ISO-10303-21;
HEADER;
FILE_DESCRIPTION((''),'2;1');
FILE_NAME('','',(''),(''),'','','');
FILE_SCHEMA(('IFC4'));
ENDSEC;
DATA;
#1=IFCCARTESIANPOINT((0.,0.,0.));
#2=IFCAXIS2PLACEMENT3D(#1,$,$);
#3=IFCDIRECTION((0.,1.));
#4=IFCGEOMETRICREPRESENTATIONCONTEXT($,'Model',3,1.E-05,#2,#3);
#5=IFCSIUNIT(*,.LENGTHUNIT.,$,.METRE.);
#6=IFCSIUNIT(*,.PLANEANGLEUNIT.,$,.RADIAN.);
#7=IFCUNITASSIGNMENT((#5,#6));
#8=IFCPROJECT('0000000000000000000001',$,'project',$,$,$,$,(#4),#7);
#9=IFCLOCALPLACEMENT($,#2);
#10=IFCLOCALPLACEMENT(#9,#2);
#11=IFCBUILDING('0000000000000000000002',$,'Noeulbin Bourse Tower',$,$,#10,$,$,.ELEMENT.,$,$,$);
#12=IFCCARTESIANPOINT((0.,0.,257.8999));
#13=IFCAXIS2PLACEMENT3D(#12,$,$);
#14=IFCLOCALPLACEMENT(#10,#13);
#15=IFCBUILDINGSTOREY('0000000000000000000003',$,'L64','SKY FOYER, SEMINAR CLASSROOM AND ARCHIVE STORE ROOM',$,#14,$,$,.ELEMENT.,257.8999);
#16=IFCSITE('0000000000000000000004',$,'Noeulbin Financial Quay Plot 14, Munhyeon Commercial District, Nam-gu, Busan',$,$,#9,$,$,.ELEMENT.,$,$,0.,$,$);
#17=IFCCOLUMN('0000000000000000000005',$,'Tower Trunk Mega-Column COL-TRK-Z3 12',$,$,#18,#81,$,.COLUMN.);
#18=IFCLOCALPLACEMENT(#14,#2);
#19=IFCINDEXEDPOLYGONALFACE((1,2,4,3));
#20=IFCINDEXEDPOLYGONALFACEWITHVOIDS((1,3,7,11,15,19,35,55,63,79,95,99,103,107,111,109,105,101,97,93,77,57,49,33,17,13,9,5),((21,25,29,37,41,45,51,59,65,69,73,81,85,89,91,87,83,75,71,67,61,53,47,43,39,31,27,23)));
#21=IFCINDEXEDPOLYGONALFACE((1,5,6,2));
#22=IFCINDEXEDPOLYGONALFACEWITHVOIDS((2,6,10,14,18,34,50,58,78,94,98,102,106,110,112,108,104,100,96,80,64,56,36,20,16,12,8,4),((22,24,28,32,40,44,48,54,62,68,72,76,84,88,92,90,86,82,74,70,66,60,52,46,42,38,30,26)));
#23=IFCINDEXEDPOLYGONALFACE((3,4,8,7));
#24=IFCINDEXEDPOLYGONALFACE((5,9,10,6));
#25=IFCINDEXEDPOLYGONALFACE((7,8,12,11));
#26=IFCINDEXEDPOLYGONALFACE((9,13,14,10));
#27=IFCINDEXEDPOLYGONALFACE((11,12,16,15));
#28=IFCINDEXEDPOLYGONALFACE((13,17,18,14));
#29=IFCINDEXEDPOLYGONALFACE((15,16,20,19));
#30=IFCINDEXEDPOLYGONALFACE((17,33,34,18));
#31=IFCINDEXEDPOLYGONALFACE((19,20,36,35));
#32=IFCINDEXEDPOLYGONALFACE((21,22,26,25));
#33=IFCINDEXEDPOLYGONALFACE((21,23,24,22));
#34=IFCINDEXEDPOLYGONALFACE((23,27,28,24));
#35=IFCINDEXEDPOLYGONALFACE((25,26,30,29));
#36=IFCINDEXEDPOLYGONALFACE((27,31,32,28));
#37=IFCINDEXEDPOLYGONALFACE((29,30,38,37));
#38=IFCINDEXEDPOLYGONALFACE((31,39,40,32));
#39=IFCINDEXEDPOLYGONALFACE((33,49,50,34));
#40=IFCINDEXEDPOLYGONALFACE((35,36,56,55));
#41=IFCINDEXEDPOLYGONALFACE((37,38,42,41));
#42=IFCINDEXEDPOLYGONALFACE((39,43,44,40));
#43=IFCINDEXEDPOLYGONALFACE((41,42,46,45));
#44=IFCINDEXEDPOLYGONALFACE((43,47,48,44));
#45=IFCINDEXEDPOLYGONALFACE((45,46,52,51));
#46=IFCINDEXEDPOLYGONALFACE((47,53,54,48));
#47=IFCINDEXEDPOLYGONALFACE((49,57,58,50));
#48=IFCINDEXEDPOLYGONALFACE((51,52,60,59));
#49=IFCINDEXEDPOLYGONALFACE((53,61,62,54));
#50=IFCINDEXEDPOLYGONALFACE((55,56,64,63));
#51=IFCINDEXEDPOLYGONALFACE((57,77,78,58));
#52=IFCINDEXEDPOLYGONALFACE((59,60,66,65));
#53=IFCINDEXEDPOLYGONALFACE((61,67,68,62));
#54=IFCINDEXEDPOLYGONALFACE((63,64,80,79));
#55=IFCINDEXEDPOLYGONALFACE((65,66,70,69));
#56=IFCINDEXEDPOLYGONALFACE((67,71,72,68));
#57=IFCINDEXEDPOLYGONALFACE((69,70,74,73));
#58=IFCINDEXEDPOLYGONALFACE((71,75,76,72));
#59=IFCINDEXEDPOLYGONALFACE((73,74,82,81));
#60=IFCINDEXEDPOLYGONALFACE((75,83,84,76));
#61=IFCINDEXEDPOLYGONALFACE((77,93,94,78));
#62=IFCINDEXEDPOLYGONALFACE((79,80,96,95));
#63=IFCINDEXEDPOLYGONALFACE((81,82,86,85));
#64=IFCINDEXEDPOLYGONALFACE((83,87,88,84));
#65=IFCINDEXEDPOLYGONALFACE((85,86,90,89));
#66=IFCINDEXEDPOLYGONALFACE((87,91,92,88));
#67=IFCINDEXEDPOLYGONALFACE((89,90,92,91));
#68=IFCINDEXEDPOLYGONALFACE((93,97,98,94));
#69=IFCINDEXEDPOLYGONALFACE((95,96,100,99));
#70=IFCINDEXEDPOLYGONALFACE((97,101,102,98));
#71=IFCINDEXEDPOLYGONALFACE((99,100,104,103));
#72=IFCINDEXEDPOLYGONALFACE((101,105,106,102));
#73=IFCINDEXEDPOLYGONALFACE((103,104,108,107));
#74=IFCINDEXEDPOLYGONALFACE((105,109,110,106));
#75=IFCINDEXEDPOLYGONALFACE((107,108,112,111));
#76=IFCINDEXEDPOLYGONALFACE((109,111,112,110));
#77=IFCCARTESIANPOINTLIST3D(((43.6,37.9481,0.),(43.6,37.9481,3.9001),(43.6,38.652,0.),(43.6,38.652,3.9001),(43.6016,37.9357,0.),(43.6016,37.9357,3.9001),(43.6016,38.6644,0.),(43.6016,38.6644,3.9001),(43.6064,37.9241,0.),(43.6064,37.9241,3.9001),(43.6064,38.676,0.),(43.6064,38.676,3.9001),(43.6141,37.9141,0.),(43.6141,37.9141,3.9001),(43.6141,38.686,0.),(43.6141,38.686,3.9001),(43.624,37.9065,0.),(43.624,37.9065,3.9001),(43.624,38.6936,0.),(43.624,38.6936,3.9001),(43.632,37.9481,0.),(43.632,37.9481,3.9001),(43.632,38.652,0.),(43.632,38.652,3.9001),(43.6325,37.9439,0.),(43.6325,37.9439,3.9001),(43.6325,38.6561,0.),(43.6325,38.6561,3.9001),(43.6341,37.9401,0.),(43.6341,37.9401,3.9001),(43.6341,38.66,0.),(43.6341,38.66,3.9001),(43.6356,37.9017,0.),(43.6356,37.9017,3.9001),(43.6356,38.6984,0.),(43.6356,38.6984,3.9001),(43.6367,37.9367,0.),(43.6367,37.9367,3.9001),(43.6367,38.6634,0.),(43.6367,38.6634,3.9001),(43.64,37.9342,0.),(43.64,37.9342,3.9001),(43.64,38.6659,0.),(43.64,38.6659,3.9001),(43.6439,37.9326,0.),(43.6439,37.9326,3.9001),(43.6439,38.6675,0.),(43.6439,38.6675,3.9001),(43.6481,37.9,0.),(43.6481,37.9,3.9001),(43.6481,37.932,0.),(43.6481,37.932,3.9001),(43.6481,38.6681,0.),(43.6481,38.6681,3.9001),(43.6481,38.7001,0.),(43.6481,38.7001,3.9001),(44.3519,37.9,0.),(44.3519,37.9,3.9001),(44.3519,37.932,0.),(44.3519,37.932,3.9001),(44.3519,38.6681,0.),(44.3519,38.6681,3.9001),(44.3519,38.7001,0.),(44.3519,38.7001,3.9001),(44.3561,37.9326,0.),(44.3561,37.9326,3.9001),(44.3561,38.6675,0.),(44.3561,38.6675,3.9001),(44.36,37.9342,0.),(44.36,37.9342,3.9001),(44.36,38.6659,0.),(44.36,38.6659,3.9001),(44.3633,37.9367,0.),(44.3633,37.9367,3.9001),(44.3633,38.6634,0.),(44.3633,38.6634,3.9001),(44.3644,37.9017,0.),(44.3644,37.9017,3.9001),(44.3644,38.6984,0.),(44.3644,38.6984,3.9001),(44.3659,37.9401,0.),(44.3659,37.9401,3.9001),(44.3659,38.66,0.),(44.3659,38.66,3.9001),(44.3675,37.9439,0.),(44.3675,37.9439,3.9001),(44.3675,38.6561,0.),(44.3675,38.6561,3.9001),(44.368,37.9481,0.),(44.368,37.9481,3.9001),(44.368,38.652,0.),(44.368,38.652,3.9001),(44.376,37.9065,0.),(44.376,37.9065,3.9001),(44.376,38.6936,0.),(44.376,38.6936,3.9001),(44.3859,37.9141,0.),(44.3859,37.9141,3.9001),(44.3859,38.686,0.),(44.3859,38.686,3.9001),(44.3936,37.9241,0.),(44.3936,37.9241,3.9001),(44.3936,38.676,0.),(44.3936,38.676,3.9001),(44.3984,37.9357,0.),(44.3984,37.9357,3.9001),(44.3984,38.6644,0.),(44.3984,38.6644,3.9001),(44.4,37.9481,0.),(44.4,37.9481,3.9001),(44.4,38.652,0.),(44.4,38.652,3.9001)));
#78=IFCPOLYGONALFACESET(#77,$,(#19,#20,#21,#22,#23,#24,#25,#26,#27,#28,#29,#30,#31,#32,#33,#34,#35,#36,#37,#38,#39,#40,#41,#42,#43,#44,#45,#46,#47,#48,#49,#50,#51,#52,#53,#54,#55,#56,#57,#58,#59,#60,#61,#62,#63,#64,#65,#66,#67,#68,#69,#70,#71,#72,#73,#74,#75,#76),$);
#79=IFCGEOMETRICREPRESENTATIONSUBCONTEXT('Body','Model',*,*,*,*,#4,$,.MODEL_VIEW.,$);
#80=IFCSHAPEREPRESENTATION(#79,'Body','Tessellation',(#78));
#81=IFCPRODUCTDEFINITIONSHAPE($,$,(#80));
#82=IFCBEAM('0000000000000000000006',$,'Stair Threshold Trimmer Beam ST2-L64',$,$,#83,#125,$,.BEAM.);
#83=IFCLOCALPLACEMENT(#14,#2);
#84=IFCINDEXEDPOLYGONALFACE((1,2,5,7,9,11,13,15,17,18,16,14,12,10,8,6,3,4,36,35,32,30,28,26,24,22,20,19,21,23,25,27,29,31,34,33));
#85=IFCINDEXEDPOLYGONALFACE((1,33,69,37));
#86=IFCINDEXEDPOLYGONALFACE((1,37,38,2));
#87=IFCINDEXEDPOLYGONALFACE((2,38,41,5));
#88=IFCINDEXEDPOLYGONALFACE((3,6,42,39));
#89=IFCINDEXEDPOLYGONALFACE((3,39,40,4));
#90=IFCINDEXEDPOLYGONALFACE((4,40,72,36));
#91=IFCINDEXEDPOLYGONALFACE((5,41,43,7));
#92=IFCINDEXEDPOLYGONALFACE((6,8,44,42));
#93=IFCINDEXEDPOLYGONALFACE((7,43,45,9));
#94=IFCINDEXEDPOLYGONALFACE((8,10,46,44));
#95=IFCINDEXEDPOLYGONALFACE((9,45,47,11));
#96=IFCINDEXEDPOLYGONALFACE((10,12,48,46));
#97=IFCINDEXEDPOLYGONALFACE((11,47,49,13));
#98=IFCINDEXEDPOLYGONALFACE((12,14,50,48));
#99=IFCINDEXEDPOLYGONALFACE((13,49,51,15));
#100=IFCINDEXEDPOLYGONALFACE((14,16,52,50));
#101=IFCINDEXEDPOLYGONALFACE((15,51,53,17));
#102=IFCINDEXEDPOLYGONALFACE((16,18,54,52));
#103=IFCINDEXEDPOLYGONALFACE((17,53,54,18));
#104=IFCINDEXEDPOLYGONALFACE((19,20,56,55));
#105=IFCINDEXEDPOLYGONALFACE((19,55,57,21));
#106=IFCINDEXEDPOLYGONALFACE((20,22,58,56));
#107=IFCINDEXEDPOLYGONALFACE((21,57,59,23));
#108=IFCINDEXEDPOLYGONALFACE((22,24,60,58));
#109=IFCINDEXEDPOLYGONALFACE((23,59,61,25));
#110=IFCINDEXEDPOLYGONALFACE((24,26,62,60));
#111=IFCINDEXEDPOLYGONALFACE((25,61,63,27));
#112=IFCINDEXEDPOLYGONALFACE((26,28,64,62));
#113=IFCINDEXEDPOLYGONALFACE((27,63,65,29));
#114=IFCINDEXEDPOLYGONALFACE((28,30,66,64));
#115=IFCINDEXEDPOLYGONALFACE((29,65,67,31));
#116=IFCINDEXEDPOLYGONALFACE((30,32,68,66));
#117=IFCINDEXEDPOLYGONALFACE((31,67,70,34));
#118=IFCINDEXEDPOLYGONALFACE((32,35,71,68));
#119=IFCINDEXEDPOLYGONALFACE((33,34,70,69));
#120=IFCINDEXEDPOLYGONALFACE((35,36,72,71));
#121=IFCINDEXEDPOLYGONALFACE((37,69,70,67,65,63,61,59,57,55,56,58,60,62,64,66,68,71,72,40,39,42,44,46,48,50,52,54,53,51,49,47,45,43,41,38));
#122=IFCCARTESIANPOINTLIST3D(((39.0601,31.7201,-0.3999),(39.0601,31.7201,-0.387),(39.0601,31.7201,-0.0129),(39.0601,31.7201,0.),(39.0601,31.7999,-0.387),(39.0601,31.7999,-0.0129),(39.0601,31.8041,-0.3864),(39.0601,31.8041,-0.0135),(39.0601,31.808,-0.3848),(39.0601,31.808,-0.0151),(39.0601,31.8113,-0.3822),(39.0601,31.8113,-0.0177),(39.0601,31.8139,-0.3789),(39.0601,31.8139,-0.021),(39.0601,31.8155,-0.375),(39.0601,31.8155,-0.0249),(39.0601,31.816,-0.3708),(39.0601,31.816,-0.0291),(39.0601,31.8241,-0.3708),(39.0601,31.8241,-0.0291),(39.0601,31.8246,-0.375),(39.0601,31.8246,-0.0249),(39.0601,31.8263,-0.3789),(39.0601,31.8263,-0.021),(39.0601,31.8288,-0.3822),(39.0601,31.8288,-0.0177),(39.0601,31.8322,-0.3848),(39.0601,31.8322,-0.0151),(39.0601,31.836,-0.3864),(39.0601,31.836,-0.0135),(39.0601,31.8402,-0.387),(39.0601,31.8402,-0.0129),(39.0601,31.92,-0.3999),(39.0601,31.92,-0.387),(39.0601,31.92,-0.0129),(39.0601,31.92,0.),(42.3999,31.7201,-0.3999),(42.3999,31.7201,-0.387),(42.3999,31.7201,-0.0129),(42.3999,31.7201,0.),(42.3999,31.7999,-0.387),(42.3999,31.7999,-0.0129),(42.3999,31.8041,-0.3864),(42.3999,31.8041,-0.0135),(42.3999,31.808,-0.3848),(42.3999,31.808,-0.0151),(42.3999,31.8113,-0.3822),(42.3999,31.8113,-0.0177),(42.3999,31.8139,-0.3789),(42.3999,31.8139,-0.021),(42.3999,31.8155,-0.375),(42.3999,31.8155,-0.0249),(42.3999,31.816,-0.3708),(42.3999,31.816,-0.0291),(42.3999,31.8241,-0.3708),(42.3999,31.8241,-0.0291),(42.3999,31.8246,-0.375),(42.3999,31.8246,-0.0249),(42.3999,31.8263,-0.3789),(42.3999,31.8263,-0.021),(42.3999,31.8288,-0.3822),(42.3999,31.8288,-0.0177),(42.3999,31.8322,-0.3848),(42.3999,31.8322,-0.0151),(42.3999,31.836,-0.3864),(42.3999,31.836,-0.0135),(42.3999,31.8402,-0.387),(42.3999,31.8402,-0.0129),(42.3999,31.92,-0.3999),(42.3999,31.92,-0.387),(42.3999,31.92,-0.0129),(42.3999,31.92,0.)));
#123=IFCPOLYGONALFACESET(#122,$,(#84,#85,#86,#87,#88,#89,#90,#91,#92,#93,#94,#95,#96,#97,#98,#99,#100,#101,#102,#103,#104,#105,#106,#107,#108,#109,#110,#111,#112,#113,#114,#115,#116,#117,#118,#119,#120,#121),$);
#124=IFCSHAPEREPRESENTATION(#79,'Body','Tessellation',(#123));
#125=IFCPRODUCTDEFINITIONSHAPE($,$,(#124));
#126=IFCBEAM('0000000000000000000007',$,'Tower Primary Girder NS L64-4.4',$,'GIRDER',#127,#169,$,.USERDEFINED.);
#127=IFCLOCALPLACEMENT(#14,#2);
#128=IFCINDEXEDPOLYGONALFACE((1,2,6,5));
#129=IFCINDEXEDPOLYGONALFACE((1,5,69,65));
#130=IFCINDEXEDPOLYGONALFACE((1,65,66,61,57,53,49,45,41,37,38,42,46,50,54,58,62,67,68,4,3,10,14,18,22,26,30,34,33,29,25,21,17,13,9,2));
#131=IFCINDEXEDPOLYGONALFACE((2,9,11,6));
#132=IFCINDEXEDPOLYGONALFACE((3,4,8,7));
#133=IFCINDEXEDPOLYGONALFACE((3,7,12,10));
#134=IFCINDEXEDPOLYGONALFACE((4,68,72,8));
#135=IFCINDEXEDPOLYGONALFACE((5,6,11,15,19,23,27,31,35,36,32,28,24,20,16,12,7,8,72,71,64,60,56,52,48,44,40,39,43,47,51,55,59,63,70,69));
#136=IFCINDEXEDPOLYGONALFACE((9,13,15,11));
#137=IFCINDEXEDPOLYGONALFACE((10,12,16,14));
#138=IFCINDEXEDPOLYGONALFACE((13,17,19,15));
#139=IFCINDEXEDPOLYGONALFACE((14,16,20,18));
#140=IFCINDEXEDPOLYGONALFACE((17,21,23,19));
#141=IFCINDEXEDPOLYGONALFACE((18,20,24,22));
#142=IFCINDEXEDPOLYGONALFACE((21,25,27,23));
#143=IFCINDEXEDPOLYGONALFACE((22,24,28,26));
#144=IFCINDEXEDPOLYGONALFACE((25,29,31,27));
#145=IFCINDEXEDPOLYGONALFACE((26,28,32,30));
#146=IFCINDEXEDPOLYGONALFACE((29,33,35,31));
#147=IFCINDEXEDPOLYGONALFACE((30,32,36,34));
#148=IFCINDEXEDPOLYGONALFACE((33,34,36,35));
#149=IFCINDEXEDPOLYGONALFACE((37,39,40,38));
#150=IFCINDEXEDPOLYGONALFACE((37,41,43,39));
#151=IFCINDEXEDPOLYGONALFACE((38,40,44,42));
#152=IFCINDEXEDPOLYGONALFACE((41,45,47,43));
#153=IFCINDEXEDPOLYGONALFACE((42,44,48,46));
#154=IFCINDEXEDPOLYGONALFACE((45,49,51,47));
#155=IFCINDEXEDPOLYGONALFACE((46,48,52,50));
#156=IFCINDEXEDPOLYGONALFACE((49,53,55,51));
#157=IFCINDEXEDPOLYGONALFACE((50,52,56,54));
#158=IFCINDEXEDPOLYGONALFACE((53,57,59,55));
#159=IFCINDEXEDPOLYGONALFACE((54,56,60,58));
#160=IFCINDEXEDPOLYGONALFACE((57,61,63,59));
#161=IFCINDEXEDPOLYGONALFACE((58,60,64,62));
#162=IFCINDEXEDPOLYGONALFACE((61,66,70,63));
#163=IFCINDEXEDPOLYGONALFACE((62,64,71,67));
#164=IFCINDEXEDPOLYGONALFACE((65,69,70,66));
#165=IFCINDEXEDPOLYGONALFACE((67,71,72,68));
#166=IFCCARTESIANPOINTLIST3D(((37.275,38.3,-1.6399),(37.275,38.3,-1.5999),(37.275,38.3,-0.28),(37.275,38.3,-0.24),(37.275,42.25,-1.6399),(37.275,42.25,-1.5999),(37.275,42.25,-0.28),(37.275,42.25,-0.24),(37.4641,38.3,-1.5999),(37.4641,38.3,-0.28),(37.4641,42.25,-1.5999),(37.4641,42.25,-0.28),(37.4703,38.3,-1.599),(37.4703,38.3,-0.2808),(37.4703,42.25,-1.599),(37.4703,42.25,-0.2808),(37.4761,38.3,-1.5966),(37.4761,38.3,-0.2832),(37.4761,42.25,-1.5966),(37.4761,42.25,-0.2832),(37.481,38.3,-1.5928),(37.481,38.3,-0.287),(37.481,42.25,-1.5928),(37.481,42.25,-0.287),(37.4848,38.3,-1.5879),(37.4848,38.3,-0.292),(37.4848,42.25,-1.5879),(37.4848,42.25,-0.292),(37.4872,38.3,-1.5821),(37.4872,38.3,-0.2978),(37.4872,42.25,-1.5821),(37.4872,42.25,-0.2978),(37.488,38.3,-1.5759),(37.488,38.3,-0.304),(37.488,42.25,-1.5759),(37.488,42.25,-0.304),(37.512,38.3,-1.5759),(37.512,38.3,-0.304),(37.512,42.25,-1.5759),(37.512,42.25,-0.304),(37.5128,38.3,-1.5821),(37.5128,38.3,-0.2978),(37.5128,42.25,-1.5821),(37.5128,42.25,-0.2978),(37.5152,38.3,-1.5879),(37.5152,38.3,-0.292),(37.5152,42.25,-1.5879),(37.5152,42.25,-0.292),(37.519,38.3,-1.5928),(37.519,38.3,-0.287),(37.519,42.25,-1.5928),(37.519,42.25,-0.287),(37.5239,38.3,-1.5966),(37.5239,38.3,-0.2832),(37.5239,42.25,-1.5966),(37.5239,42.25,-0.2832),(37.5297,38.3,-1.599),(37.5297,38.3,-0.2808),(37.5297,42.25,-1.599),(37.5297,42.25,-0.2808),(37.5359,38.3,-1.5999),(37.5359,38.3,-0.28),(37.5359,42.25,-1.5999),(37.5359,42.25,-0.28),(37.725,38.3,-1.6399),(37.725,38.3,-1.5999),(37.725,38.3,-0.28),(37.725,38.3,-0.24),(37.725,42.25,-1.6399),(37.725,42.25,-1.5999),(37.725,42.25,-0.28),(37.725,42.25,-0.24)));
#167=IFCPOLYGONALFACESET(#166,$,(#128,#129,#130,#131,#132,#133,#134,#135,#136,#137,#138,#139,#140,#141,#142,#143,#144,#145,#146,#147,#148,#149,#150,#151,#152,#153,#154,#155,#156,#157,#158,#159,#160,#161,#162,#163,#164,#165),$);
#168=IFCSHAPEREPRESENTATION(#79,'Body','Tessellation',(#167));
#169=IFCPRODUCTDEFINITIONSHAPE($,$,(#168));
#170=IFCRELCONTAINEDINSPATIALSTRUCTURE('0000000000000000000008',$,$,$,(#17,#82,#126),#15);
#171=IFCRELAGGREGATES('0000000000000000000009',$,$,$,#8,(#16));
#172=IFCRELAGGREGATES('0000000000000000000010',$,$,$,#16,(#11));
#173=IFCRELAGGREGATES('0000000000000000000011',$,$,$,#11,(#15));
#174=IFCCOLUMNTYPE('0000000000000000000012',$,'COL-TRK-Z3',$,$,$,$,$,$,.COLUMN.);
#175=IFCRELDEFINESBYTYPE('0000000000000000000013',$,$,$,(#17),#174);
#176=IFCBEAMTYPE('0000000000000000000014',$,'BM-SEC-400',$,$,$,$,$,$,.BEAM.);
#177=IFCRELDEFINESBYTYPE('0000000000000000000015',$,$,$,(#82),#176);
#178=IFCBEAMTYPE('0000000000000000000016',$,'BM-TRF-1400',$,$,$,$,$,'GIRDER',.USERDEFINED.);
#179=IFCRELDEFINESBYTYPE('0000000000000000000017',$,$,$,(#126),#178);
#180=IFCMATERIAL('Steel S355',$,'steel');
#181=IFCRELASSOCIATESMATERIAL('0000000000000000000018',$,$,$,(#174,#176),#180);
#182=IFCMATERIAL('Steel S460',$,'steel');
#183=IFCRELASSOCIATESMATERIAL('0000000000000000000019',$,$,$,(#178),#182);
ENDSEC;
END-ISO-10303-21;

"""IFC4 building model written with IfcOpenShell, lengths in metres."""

from ifc_helpers import new_model, si_unit, direction, frame, origin, origin_2d, place, context, subcontext, project, spatial, hollow_rectangle, i_section, extrude, material, material_profile, profile_set, type_object, element, save


model = new_model("IFC4")

# Units and contexts
model_context = context("Model", 3, precision=1e-05, world=origin(), true_north=direction((0.0, 1.0)))
body_context = subcontext(model_context, "Body", "Model", "MODEL_VIEW")
ifc_project = project(units=[si_unit("LENGTHUNIT", "METRE"), si_unit("PLANEANGLEUNIT", "RADIAN")], contexts=[model_context])

# Site, building, storey
site_placement = place(None, origin())
site = spatial("IfcSite", under=ifc_project, at=site_placement, Name="Noeulbin Financial Quay Plot 14, Munhyeon Commercial District, Nam-gu, Busan", CompositionType="ELEMENT", RefElevation=0.0)
building_placement = place(site_placement, origin())
building = spatial("IfcBuilding", under=site, at=building_placement, Name="Noeulbin Bourse Tower", CompositionType="ELEMENT")
storey_placement = place(building_placement, frame((0.0, 0.0, 257.8999)))
storey = spatial("IfcBuildingStorey", under=building, at=storey_placement, Name="L64", Description="SKY FOYER, SEMINAR CLASSROOM AND ARCHIVE STORE ROOM", CompositionType="ELEMENT", Elevation=257.8999)

# Column
ifc_material_1 = material(Name="Steel S355", Category="steel")
ifc_material_profile_1 = material_profile(ifc_material_1, hollow_rectangle(XDim=0.8, YDim=0.8, WallThickness=0.032, InnerFilletRadius=0.0161, OuterFilletRadius=0.0481, at=origin_2d()), Name="BOX-800x800x32", Category="LoadBearing")
ifc_profile_set_1 = profile_set([ifc_material_profile_1], Name="Steel S355")
column_type_1 = type_object("IfcColumnType", Name="COL-TRK-Z3", PredefinedType="COLUMN", material=ifc_profile_set_1)
for number, where, z_axis, x_axis, name in (
    (1, (44.0, 38.3, 0.0), (0.0, 0.0, 1.0), (1.0, 0.0, 0.0), "Tower Trunk Mega-Column COL-TRK-Z3 12"),
):
    element("IfcColumn", number, at=place(storey_placement, frame(where, z_axis=z_axis, x_axis=x_axis)), inside=storey, type_object=column_type_1, Name=name, PredefinedType="COLUMN", context=body_context, shape_type="SweptSolid", body=[
        extrude(hollow_rectangle(XDim=0.8, YDim=0.8, WallThickness=0.032, InnerFilletRadius=0.0161, OuterFilletRadius=0.0481, at=origin_2d()), origin(), (0.0, 0.0, 1.0), 3.9001),
    ])

# Beams
ifc_material_profile_2 = material_profile(ifc_material_1, i_section(OverallWidth=0.2, OverallDepth=0.3999, WebThickness=0.0081, FlangeThickness=0.0129, FilletRadius=0.0161, at=origin_2d()), Name="H-400x200x8x13", Category="LoadBearing")
ifc_profile_set_2 = profile_set([ifc_material_profile_2], Name="Steel S355")
beam_type_1 = type_object("IfcBeamType", Name="BM-SEC-400", PredefinedType="BEAM", material=ifc_profile_set_2)
beam_1_placement = place(storey_placement, frame((39.0601, 31.8201, -0.2), z_axis=(1.0, 0.0, 0.0), x_axis=(0.0, 1.0, 0.0)))
element("IfcBeam", 2, at=beam_1_placement, inside=storey, type_object=beam_type_1, Name="Stair Threshold Trimmer Beam ST2-L64", PredefinedType="BEAM", context=body_context, shape_type="SweptSolid", body=[
    extrude(i_section(OverallWidth=0.2, OverallDepth=0.3999, WebThickness=0.0081, FlangeThickness=0.0129, FilletRadius=0.0161, at=origin_2d()), origin(), (0.0, 0.0, 1.0), 3.3398),
])
ifc_material_2 = material(Name="Steel S460", Category="steel")
ifc_material_profile_3 = material_profile(ifc_material_2, i_section(OverallWidth=0.45, OverallDepth=1.3999, WebThickness=0.0239, FlangeThickness=0.04, FilletRadius=0.0239, at=origin_2d()), Name="PG-1400x450x24x40", Category="LoadBearing")
ifc_profile_set_3 = profile_set([ifc_material_profile_3], Name="Steel S460")
beam_type_2 = type_object("IfcBeamType", Name="BM-TRF-1400", ElementType="GIRDER", PredefinedType="USERDEFINED", material=ifc_profile_set_3)
beam_2_placement = place(storey_placement, frame((37.5, 38.3, -0.9399), z_axis=(0.0, 1.0, 0.0), x_axis=(-1.0, 0.0, 0.0)))
element("IfcBeam", 3, at=beam_2_placement, inside=storey, type_object=beam_type_2, Name="Tower Primary Girder NS L64-4.4", ObjectType="GIRDER", PredefinedType="USERDEFINED", context=body_context, shape_type="SweptSolid", body=[
    extrude(i_section(OverallWidth=0.45, OverallDepth=1.3999, WebThickness=0.0239, FlangeThickness=0.04, FilletRadius=0.0239, at=origin_2d()), origin(), (0.0, 0.0, 1.0), 3.95),
])

save(model, "model.ifc")
